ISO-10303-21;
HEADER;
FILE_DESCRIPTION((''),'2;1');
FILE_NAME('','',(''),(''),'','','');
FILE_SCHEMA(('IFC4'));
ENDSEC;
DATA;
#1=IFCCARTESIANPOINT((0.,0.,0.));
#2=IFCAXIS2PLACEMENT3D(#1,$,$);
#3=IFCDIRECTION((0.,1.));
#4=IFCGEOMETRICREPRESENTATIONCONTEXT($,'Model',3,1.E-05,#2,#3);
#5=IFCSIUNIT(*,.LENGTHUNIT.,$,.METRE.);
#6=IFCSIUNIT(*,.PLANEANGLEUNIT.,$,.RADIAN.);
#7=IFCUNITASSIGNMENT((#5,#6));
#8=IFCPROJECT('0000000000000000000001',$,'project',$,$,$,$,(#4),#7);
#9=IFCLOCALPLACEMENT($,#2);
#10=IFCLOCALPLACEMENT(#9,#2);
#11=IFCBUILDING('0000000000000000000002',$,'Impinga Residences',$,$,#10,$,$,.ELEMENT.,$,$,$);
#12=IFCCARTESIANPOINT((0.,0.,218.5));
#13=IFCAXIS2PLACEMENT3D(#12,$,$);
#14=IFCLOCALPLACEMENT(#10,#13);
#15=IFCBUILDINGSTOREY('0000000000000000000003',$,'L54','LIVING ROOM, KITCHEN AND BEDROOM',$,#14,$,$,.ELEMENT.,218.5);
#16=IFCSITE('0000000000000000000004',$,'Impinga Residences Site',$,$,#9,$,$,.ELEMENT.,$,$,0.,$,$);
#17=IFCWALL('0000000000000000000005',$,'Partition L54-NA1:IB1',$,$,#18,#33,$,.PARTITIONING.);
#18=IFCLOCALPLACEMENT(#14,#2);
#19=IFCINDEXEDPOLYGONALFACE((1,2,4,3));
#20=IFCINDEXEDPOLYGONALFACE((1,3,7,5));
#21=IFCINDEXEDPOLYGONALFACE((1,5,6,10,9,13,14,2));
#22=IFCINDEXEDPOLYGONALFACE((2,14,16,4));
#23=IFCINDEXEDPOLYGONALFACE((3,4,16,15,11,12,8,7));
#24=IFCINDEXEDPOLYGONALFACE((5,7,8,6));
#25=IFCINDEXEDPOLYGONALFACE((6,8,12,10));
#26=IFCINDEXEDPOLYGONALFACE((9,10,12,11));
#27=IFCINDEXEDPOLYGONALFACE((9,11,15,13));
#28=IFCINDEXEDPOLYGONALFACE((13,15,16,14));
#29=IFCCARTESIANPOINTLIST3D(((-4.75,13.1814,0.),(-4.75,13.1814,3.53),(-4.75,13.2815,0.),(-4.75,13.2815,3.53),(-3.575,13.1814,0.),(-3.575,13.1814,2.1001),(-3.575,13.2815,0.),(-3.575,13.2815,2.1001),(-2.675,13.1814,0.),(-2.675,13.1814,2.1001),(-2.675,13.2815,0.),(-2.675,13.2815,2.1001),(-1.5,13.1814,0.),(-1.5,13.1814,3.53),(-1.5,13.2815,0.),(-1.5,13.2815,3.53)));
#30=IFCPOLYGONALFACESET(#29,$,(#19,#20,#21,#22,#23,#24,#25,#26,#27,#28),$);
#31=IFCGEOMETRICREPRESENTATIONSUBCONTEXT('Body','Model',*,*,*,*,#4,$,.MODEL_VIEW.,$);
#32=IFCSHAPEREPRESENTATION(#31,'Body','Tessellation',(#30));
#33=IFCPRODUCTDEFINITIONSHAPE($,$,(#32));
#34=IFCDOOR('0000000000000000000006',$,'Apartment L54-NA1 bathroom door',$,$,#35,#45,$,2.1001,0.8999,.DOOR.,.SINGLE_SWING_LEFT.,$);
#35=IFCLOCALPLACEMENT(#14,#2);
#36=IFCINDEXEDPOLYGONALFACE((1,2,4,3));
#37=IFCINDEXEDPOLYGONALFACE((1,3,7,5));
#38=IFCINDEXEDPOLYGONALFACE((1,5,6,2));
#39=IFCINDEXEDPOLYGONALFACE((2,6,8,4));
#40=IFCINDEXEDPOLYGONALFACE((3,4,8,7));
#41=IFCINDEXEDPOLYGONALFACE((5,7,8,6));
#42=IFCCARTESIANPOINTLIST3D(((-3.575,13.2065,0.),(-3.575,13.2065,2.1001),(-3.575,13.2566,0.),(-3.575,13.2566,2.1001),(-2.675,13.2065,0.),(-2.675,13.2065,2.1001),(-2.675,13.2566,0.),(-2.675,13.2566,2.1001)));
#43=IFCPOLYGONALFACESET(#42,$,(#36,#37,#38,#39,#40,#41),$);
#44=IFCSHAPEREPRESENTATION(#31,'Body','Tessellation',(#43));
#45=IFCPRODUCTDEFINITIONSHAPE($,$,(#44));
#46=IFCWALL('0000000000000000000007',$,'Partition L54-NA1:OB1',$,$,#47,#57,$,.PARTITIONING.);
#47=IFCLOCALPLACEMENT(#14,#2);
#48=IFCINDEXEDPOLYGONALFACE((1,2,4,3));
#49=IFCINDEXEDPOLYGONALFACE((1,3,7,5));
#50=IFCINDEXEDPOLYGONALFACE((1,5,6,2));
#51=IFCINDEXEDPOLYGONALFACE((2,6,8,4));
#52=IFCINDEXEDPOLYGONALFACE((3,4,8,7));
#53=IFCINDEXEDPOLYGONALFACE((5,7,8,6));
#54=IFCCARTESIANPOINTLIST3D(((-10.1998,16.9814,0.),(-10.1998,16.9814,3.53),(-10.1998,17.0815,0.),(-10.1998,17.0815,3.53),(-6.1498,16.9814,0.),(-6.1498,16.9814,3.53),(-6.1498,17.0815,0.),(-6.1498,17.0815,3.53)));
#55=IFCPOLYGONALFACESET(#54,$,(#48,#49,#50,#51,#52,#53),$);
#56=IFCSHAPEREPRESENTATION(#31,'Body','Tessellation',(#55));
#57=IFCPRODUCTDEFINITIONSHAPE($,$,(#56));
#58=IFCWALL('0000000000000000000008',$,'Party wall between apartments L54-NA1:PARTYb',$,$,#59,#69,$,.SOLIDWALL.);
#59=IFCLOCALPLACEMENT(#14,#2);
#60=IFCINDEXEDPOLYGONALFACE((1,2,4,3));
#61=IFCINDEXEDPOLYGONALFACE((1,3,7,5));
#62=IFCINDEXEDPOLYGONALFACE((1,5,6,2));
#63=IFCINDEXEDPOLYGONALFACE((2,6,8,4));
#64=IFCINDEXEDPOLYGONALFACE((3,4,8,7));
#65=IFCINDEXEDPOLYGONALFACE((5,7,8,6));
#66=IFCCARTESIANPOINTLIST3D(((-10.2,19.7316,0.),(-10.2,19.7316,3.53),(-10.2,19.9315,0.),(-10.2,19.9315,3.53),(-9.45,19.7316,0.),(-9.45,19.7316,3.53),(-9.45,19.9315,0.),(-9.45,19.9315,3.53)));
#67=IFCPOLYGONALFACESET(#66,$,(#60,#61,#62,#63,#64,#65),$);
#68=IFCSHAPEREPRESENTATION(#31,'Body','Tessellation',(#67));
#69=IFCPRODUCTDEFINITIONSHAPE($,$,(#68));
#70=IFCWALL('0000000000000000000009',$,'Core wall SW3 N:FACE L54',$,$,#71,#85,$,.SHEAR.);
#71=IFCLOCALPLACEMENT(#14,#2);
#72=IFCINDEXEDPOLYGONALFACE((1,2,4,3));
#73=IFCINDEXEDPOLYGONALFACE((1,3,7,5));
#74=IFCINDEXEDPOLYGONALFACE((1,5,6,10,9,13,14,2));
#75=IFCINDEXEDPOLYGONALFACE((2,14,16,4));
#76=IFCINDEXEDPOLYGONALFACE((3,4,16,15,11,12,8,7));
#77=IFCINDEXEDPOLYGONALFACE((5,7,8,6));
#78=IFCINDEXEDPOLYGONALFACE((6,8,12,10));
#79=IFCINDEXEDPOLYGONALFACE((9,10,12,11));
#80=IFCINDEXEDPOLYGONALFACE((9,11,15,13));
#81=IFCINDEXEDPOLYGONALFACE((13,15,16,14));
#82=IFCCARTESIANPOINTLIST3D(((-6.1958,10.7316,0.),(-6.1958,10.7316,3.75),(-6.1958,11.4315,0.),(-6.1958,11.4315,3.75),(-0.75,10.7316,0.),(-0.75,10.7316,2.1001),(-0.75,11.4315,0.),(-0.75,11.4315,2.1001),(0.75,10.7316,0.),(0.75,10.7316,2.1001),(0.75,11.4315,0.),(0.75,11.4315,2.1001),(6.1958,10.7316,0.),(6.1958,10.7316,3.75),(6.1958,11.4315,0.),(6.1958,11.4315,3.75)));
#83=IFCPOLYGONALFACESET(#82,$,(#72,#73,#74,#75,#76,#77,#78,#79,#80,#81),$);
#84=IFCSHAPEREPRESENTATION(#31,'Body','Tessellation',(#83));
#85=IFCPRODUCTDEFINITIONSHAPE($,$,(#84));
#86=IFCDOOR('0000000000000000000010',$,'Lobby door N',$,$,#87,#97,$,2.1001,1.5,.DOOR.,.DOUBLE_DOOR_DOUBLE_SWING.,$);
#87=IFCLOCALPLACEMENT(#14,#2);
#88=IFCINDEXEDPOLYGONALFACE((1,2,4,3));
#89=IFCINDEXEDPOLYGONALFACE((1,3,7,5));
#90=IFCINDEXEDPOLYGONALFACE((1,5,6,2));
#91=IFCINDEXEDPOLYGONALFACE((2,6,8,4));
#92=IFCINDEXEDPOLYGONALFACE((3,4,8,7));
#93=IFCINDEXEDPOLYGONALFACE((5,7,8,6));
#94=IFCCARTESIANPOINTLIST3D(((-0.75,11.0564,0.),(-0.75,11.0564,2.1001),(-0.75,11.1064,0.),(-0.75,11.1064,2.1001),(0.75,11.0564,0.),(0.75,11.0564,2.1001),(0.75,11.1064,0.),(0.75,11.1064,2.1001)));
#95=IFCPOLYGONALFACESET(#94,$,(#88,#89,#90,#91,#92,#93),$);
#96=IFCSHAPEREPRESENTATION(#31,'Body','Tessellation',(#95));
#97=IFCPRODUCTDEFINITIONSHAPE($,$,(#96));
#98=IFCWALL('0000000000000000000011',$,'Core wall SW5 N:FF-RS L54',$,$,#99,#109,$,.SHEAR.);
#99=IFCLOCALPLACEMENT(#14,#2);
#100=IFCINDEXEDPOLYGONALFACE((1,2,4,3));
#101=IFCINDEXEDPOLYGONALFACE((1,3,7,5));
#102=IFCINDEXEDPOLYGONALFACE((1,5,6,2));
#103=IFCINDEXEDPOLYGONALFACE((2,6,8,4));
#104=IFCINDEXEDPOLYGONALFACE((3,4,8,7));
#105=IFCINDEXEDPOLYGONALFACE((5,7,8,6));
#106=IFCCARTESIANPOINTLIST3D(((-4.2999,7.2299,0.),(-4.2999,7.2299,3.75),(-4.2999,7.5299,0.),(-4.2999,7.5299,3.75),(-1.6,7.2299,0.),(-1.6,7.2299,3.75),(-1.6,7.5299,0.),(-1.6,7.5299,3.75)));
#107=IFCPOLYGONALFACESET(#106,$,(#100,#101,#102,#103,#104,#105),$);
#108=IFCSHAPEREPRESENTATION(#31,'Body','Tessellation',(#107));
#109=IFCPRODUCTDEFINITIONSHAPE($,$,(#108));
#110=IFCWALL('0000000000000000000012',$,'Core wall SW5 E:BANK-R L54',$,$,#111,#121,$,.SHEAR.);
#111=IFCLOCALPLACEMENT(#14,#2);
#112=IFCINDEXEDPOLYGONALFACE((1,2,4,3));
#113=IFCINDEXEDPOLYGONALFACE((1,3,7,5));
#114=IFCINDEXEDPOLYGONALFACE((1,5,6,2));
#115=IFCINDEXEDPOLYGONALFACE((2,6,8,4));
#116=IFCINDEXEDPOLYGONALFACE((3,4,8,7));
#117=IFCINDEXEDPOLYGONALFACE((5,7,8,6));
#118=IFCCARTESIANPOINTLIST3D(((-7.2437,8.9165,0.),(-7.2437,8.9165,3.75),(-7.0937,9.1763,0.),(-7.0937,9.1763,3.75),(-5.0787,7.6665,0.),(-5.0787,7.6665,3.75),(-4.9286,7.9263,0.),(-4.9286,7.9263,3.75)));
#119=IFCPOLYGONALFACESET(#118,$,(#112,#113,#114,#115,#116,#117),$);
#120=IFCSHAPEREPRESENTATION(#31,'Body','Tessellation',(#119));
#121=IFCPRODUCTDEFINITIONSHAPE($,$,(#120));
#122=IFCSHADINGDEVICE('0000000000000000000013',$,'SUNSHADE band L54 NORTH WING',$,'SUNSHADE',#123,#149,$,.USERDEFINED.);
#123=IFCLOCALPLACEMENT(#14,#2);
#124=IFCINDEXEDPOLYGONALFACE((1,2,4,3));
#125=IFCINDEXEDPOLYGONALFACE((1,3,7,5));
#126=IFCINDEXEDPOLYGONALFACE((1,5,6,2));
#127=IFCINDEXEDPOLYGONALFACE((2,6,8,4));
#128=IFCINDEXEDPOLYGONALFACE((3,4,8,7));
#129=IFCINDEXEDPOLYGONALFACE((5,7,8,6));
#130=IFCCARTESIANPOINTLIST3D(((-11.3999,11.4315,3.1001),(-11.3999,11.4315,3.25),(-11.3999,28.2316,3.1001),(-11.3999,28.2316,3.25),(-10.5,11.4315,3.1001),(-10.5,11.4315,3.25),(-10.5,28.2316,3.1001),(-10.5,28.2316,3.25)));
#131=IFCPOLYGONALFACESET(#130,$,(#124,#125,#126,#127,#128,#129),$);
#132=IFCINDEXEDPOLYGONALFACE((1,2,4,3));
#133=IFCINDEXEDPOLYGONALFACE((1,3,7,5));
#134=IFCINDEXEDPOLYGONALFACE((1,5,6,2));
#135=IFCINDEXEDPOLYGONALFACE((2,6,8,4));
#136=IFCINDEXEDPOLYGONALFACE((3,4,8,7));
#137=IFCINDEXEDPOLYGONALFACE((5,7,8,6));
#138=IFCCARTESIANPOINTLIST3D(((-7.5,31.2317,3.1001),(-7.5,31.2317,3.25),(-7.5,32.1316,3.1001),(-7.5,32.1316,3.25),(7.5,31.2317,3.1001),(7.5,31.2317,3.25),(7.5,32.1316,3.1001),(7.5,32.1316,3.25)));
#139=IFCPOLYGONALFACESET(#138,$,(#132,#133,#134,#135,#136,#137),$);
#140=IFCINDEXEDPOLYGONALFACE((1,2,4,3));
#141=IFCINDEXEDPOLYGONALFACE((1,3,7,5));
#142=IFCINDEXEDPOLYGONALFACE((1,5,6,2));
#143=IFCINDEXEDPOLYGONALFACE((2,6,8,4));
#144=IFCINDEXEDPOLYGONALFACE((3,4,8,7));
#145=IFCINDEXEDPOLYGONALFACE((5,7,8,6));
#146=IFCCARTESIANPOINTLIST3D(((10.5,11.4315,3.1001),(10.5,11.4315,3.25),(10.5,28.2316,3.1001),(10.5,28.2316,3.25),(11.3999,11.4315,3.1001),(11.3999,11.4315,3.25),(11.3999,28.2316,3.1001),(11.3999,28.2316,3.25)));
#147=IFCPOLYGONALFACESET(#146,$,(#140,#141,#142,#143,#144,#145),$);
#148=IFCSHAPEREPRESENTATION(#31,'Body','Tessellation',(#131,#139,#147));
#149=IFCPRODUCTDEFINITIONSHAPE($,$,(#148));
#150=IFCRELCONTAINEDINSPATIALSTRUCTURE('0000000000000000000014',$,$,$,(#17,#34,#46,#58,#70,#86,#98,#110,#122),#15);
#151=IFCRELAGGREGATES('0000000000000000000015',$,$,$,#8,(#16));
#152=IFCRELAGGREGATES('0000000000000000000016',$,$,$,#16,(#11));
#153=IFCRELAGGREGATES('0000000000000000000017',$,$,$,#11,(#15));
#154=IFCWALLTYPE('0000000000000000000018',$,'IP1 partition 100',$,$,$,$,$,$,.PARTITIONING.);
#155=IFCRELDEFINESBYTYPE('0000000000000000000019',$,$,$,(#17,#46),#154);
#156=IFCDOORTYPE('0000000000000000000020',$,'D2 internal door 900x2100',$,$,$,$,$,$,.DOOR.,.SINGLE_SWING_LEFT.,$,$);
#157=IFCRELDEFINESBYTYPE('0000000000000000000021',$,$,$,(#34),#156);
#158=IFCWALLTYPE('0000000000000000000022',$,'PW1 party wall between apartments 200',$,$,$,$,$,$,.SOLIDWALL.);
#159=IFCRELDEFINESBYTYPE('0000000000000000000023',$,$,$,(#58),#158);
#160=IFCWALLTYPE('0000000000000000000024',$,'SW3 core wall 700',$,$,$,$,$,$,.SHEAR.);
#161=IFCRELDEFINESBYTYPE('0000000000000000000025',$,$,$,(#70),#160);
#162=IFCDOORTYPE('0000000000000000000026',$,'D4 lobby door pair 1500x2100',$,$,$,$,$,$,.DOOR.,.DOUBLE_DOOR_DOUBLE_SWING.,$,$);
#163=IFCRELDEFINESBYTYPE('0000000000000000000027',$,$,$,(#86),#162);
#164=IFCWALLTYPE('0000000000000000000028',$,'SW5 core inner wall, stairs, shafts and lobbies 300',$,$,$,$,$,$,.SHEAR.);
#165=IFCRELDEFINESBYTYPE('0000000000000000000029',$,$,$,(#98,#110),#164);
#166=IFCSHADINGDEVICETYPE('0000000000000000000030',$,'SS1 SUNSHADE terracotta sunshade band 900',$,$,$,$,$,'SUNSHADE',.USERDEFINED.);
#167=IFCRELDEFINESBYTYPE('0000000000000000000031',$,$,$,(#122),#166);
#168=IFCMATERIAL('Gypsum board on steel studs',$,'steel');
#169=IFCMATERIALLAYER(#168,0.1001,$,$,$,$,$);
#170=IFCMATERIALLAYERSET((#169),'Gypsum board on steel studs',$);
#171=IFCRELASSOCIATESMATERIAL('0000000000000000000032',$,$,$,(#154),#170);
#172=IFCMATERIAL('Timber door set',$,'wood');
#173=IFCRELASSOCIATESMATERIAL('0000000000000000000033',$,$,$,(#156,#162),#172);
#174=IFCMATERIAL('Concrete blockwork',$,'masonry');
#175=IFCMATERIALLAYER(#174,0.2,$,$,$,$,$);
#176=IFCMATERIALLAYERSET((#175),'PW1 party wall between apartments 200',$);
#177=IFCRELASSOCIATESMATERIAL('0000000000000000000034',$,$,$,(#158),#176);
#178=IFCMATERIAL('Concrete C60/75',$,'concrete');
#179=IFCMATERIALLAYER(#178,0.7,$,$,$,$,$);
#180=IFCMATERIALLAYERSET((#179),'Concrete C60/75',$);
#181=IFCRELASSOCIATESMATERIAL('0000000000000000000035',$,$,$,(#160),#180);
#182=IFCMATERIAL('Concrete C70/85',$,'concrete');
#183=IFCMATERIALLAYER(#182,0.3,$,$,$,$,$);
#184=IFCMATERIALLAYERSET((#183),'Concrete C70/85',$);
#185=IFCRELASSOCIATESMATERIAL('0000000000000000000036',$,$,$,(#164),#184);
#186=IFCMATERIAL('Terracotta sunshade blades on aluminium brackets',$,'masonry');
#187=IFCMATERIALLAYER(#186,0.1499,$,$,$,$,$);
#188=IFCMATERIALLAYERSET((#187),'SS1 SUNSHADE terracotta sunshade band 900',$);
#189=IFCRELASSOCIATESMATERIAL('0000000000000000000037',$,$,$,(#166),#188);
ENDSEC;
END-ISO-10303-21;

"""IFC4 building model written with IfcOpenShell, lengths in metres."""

from ifc_helpers import new_model, si_unit, direction, frame, frame_2d, origin, origin_2d, place, context, subcontext, project, spatial, rectangle, extrude, material, layer, layer_set, type_object, element, fill, save


model = new_model("IFC4")

# Units and contexts
model_context = context("Model", 3, precision=1e-05, world=origin(), true_north=direction((0.0, 1.0)))
body_context = subcontext(model_context, "Body", "Model", "MODEL_VIEW")
ifc_project = project(units=[si_unit("LENGTHUNIT", "METRE"), si_unit("PLANEANGLEUNIT", "RADIAN")], contexts=[model_context])

# Site, building, storey
site_placement = place(None, origin())
site = spatial("IfcSite", under=ifc_project, at=site_placement, Name="Impinga Residences Site", CompositionType="ELEMENT", RefElevation=0.0)
building_placement = place(site_placement, origin())
building = spatial("IfcBuilding", under=site, at=building_placement, Name="Impinga Residences", CompositionType="ELEMENT")
storey_placement = place(building_placement, frame((0.0, 0.0, 218.5)))
storey = spatial("IfcBuildingStorey", under=building, at=storey_placement, Name="L54", Description="LIVING ROOM, KITCHEN AND BEDROOM", CompositionType="ELEMENT", Elevation=218.5)

# Shared definitions
ifc_material_1 = material(Name="Concrete C60/75", Category="concrete")

# Shared definitions
ifc_material_2 = material(Name="Timber door set", Category="wood")

# Shared definitions
ifc_material_3 = material(Name="Gypsum board on steel studs", Category="steel")
ifc_layer_1 = layer(ifc_material_3, 0.1001)
ifc_layer_set_1 = layer_set([ifc_layer_1], Name="Gypsum board on steel studs")
wall_type_1 = type_object("IfcWallType", Name="IP1 partition 100", PredefinedType="PARTITIONING", material=ifc_layer_set_1)

# Shared definitions
door_type_1 = type_object("IfcDoorType", Name="D2 internal door 900x2100", OperationType="SINGLE_SWING_LEFT", PredefinedType="DOOR", material=ifc_material_2)

# Wall, opening, door
wall_1_placement = place(storey_placement, frame((-1.5, 13.2314, 0.0), z_axis=(0.0, 0.0, 1.0), x_axis=(-1.0, 0.0, 0.0)))
wall_1 = element("IfcWall", 1, at=wall_1_placement, inside=storey, type_object=wall_type_1, Name="Partition L54-NA1:IB1", PredefinedType="PARTITIONING", context=body_context, shape_type="SweptSolid", body=[
    extrude(rectangle(XDim=3.25, YDim=0.1001, at=frame_2d((1.625, 0.0))), origin(), (0.0, 0.0, 1.0), 3.53),
])
opening_1_placement = place(wall_1_placement, frame((1.175, 0.0, 0.0)))
opening_1 = element("IfcOpeningElement", 2, at=opening_1_placement, cuts=wall_1, PredefinedType="OPENING", context=body_context, shape_type="SweptSolid", body=[
    extrude(rectangle(XDim=0.8999, YDim=2.1001, at=frame_2d((0.45, 1.05))), frame((0.0, 0.0601, 0.0), z_axis=(0.0, -1.0, 0.0), x_axis=(1.0, 0.0, 0.0)), (0.0, 0.0, 1.0), 0.1201),
])
door_1_placement = place(opening_1_placement, origin())
door_1 = element("IfcDoor", 3, at=door_1_placement, inside=storey, type_object=door_type_1, Name="Apartment L54-NA1 bathroom door", OperationType="SINGLE_SWING_LEFT", OverallHeight=2.1001, OverallWidth=0.8999, PredefinedType="DOOR", context=body_context, shape_type="SweptSolid", body=[
    extrude(rectangle(XDim=0.8999, YDim=2.1001, at=frame_2d((0.45, 1.05))), frame((0.0, 0.0249, 0.0), z_axis=(0.0, -1.0, 0.0), x_axis=(1.0, 0.0, 0.0)), (0.0, 0.0, 1.0), 0.05),
])
fill(opening_1, door_1)

# Walls
wall_2_placement = place(storey_placement, frame((-6.1499, 17.0315, 0.0), z_axis=(0.0, 0.0, 1.0), x_axis=(-1.0, 0.0, 0.0)))
element("IfcWall", 4, at=wall_2_placement, inside=storey, type_object=wall_type_1, Name="Partition L54-NA1:OB1", PredefinedType="PARTITIONING", context=body_context, shape_type="SweptSolid", body=[
    extrude(rectangle(XDim=4.05, YDim=0.1001, at=frame_2d((2.0249, 0.0))), origin(), (0.0, 0.0, 1.0), 3.53),
])
ifc_material_4 = material(Name="Concrete blockwork", Category="masonry")
ifc_layer_2 = layer(ifc_material_4, 0.2)
ifc_layer_set_2 = layer_set([ifc_layer_2], Name="PW1 party wall between apartments 200")
wall_type_2 = type_object("IfcWallType", Name="PW1 party wall between apartments 200", PredefinedType="SOLIDWALL", material=ifc_layer_set_2)
wall_3_placement = place(storey_placement, frame((-9.45, 19.8315, 0.0), z_axis=(0.0, 0.0, 1.0), x_axis=(-1.0, 0.0, 0.0)))
element("IfcWall", 5, at=wall_3_placement, inside=storey, type_object=wall_type_2, Name="Party wall between apartments L54-NA1:PARTYb", PredefinedType="SOLIDWALL", context=body_context, shape_type="SweptSolid", body=[
    extrude(rectangle(XDim=0.75, YDim=0.2, at=frame_2d((0.375, 0.0))), origin(), (0.0, 0.0, 1.0), 3.53),
])

# Wall, opening, door
ifc_layer_3 = layer(ifc_material_1, 0.7)
ifc_layer_set_3 = layer_set([ifc_layer_3], Name="Concrete C60/75")
wall_type_3 = type_object("IfcWallType", Name="SW3 core wall 700", PredefinedType="SHEAR", material=ifc_layer_set_3)
wall_4_placement = place(storey_placement, frame((-6.1958, 11.0815, 0.0), z_axis=(0.0, 0.0, 1.0), x_axis=(1.0, 0.0, 0.0)))
wall_4 = element("IfcWall", 6, at=wall_4_placement, inside=storey, type_object=wall_type_3, Name="Core wall SW3 N:FACE L54", PredefinedType="SHEAR", context=body_context, shape_type="SweptSolid", body=[
    extrude(rectangle(XDim=12.3916, YDim=0.7, at=frame_2d((6.1958, 0.0))), origin(), (0.0, 0.0, 1.0), 3.75),
])
opening_2_placement = place(wall_4_placement, frame((5.4458, 0.0, 0.0)))
opening_2 = element("IfcOpeningElement", 7, at=opening_2_placement, cuts=wall_4, PredefinedType="OPENING", context=body_context, shape_type="SweptSolid", body=[
    extrude(rectangle(XDim=1.5, YDim=2.1001, at=frame_2d((0.75, 1.05))), frame((0.0, 0.3599, 0.0), z_axis=(0.0, -1.0, 0.0), x_axis=(1.0, 0.0, 0.0)), (0.0, 0.0, 1.0), 0.72),
])
door_type_2 = type_object("IfcDoorType", Name="D4 lobby door pair 1500x2100", OperationType="DOUBLE_DOOR_DOUBLE_SWING", PredefinedType="DOOR", material=ifc_material_2)
door_2_placement = place(opening_2_placement, origin())
door_2 = element("IfcDoor", 8, at=door_2_placement, inside=storey, type_object=door_type_2, Name="Lobby door N", OperationType="DOUBLE_DOOR_DOUBLE_SWING", OverallHeight=2.1001, OverallWidth=1.5, PredefinedType="DOOR", context=body_context, shape_type="SweptSolid", body=[
    extrude(rectangle(XDim=1.5, YDim=2.1001, at=frame_2d((0.75, 1.05))), frame((0.0, 0.0249, 0.0), z_axis=(0.0, -1.0, 0.0), x_axis=(1.0, 0.0, 0.0)), (0.0, 0.0, 1.0), 0.05),
])
fill(opening_2, door_2)

# Walls
ifc_material_5 = material(Name="Concrete C70/85", Category="concrete")
ifc_layer_4 = layer(ifc_material_5, 0.3)
ifc_layer_set_4 = layer_set([ifc_layer_4], Name="Concrete C70/85")
wall_type_4 = type_object("IfcWallType", Name="SW5 core inner wall, stairs, shafts and lobbies 300", PredefinedType="SHEAR", material=ifc_layer_set_4)
wall_5_placement = place(storey_placement, frame((-4.3, 7.3799, 0.0), z_axis=(0.0, 0.0, 1.0), x_axis=(1.0, 0.0, 0.0)))
element("IfcWall", 9, at=wall_5_placement, inside=storey, type_object=wall_type_4, Name="Core wall SW5 N:FF-RS L54", PredefinedType="SHEAR", context=body_context, shape_type="SweptSolid", body=[
    extrude(rectangle(XDim=2.7, YDim=0.3, at=frame_2d((1.3501, 0.0))), origin(), (0.0, 0.0, 1.0), 3.75),
])
wall_6_placement = place(storey_placement, frame((-5.0037, 7.7964, 0.0), z_axis=(0.0, 0.0, 1.0), x_axis=(-0.866023, 0.500004, 0.0)))
element("IfcWall", 10, at=wall_6_placement, inside=storey, type_object=wall_type_4, Name="Core wall SW5 E:BANK-R L54", PredefinedType="SHEAR", context=body_context, shape_type="SweptSolid", body=[
    extrude(rectangle(XDim=2.5, YDim=0.3, at=frame_2d((1.25, 0.0))), origin(), (0.0, 0.0, 1.0), 3.75),
])

# Shading device
ifc_material_6 = material(Name="Terracotta sunshade blades on aluminium brackets", Category="masonry")
ifc_layer_5 = layer(ifc_material_6, 0.1499)
ifc_layer_set_5 = layer_set([ifc_layer_5], Name="SS1 SUNSHADE terracotta sunshade band 900")
shading_device_type = type_object("IfcShadingDeviceType", Name="SS1 SUNSHADE terracotta sunshade band 900", ElementType="SUNSHADE", PredefinedType="USERDEFINED", material=ifc_layer_set_5)
shading_device_placement = place(storey_placement, frame((-10.95, 19.8315, 3.1001), z_axis=(0.0, 0.0, 1.0), x_axis=(0.0, 1.0, 0.0)))
element("IfcShadingDevice", 11, at=shading_device_placement, inside=storey, type_object=shading_device_type, Name="SUNSHADE band L54 NORTH WING", ObjectType="SUNSHADE", PredefinedType="USERDEFINED", context=body_context, shape_type="SweptSolid", body=[
    extrude(rectangle(XDim=16.8, YDim=0.8999, at=origin_2d()), origin(), (0.0, 0.0, 1.0), 0.1499),
    extrude(rectangle(XDim=15.0, YDim=0.8999, at=origin_2d()), frame((11.8501, -10.95, 0.0), z_axis=(0.0, 0.0, 1.0), x_axis=(0.0, -1.0, 0.0)), (0.0, 0.0, 1.0), 0.1499),
    extrude(rectangle(XDim=16.8, YDim=0.8999, at=origin_2d()), frame((0.0, -21.8999, 0.0), z_axis=(0.0, 0.0, 1.0), x_axis=(-1.0, 0.0, 0.0)), (0.0, 0.0, 1.0), 0.1499),
])

save(model, "model.ifc")
